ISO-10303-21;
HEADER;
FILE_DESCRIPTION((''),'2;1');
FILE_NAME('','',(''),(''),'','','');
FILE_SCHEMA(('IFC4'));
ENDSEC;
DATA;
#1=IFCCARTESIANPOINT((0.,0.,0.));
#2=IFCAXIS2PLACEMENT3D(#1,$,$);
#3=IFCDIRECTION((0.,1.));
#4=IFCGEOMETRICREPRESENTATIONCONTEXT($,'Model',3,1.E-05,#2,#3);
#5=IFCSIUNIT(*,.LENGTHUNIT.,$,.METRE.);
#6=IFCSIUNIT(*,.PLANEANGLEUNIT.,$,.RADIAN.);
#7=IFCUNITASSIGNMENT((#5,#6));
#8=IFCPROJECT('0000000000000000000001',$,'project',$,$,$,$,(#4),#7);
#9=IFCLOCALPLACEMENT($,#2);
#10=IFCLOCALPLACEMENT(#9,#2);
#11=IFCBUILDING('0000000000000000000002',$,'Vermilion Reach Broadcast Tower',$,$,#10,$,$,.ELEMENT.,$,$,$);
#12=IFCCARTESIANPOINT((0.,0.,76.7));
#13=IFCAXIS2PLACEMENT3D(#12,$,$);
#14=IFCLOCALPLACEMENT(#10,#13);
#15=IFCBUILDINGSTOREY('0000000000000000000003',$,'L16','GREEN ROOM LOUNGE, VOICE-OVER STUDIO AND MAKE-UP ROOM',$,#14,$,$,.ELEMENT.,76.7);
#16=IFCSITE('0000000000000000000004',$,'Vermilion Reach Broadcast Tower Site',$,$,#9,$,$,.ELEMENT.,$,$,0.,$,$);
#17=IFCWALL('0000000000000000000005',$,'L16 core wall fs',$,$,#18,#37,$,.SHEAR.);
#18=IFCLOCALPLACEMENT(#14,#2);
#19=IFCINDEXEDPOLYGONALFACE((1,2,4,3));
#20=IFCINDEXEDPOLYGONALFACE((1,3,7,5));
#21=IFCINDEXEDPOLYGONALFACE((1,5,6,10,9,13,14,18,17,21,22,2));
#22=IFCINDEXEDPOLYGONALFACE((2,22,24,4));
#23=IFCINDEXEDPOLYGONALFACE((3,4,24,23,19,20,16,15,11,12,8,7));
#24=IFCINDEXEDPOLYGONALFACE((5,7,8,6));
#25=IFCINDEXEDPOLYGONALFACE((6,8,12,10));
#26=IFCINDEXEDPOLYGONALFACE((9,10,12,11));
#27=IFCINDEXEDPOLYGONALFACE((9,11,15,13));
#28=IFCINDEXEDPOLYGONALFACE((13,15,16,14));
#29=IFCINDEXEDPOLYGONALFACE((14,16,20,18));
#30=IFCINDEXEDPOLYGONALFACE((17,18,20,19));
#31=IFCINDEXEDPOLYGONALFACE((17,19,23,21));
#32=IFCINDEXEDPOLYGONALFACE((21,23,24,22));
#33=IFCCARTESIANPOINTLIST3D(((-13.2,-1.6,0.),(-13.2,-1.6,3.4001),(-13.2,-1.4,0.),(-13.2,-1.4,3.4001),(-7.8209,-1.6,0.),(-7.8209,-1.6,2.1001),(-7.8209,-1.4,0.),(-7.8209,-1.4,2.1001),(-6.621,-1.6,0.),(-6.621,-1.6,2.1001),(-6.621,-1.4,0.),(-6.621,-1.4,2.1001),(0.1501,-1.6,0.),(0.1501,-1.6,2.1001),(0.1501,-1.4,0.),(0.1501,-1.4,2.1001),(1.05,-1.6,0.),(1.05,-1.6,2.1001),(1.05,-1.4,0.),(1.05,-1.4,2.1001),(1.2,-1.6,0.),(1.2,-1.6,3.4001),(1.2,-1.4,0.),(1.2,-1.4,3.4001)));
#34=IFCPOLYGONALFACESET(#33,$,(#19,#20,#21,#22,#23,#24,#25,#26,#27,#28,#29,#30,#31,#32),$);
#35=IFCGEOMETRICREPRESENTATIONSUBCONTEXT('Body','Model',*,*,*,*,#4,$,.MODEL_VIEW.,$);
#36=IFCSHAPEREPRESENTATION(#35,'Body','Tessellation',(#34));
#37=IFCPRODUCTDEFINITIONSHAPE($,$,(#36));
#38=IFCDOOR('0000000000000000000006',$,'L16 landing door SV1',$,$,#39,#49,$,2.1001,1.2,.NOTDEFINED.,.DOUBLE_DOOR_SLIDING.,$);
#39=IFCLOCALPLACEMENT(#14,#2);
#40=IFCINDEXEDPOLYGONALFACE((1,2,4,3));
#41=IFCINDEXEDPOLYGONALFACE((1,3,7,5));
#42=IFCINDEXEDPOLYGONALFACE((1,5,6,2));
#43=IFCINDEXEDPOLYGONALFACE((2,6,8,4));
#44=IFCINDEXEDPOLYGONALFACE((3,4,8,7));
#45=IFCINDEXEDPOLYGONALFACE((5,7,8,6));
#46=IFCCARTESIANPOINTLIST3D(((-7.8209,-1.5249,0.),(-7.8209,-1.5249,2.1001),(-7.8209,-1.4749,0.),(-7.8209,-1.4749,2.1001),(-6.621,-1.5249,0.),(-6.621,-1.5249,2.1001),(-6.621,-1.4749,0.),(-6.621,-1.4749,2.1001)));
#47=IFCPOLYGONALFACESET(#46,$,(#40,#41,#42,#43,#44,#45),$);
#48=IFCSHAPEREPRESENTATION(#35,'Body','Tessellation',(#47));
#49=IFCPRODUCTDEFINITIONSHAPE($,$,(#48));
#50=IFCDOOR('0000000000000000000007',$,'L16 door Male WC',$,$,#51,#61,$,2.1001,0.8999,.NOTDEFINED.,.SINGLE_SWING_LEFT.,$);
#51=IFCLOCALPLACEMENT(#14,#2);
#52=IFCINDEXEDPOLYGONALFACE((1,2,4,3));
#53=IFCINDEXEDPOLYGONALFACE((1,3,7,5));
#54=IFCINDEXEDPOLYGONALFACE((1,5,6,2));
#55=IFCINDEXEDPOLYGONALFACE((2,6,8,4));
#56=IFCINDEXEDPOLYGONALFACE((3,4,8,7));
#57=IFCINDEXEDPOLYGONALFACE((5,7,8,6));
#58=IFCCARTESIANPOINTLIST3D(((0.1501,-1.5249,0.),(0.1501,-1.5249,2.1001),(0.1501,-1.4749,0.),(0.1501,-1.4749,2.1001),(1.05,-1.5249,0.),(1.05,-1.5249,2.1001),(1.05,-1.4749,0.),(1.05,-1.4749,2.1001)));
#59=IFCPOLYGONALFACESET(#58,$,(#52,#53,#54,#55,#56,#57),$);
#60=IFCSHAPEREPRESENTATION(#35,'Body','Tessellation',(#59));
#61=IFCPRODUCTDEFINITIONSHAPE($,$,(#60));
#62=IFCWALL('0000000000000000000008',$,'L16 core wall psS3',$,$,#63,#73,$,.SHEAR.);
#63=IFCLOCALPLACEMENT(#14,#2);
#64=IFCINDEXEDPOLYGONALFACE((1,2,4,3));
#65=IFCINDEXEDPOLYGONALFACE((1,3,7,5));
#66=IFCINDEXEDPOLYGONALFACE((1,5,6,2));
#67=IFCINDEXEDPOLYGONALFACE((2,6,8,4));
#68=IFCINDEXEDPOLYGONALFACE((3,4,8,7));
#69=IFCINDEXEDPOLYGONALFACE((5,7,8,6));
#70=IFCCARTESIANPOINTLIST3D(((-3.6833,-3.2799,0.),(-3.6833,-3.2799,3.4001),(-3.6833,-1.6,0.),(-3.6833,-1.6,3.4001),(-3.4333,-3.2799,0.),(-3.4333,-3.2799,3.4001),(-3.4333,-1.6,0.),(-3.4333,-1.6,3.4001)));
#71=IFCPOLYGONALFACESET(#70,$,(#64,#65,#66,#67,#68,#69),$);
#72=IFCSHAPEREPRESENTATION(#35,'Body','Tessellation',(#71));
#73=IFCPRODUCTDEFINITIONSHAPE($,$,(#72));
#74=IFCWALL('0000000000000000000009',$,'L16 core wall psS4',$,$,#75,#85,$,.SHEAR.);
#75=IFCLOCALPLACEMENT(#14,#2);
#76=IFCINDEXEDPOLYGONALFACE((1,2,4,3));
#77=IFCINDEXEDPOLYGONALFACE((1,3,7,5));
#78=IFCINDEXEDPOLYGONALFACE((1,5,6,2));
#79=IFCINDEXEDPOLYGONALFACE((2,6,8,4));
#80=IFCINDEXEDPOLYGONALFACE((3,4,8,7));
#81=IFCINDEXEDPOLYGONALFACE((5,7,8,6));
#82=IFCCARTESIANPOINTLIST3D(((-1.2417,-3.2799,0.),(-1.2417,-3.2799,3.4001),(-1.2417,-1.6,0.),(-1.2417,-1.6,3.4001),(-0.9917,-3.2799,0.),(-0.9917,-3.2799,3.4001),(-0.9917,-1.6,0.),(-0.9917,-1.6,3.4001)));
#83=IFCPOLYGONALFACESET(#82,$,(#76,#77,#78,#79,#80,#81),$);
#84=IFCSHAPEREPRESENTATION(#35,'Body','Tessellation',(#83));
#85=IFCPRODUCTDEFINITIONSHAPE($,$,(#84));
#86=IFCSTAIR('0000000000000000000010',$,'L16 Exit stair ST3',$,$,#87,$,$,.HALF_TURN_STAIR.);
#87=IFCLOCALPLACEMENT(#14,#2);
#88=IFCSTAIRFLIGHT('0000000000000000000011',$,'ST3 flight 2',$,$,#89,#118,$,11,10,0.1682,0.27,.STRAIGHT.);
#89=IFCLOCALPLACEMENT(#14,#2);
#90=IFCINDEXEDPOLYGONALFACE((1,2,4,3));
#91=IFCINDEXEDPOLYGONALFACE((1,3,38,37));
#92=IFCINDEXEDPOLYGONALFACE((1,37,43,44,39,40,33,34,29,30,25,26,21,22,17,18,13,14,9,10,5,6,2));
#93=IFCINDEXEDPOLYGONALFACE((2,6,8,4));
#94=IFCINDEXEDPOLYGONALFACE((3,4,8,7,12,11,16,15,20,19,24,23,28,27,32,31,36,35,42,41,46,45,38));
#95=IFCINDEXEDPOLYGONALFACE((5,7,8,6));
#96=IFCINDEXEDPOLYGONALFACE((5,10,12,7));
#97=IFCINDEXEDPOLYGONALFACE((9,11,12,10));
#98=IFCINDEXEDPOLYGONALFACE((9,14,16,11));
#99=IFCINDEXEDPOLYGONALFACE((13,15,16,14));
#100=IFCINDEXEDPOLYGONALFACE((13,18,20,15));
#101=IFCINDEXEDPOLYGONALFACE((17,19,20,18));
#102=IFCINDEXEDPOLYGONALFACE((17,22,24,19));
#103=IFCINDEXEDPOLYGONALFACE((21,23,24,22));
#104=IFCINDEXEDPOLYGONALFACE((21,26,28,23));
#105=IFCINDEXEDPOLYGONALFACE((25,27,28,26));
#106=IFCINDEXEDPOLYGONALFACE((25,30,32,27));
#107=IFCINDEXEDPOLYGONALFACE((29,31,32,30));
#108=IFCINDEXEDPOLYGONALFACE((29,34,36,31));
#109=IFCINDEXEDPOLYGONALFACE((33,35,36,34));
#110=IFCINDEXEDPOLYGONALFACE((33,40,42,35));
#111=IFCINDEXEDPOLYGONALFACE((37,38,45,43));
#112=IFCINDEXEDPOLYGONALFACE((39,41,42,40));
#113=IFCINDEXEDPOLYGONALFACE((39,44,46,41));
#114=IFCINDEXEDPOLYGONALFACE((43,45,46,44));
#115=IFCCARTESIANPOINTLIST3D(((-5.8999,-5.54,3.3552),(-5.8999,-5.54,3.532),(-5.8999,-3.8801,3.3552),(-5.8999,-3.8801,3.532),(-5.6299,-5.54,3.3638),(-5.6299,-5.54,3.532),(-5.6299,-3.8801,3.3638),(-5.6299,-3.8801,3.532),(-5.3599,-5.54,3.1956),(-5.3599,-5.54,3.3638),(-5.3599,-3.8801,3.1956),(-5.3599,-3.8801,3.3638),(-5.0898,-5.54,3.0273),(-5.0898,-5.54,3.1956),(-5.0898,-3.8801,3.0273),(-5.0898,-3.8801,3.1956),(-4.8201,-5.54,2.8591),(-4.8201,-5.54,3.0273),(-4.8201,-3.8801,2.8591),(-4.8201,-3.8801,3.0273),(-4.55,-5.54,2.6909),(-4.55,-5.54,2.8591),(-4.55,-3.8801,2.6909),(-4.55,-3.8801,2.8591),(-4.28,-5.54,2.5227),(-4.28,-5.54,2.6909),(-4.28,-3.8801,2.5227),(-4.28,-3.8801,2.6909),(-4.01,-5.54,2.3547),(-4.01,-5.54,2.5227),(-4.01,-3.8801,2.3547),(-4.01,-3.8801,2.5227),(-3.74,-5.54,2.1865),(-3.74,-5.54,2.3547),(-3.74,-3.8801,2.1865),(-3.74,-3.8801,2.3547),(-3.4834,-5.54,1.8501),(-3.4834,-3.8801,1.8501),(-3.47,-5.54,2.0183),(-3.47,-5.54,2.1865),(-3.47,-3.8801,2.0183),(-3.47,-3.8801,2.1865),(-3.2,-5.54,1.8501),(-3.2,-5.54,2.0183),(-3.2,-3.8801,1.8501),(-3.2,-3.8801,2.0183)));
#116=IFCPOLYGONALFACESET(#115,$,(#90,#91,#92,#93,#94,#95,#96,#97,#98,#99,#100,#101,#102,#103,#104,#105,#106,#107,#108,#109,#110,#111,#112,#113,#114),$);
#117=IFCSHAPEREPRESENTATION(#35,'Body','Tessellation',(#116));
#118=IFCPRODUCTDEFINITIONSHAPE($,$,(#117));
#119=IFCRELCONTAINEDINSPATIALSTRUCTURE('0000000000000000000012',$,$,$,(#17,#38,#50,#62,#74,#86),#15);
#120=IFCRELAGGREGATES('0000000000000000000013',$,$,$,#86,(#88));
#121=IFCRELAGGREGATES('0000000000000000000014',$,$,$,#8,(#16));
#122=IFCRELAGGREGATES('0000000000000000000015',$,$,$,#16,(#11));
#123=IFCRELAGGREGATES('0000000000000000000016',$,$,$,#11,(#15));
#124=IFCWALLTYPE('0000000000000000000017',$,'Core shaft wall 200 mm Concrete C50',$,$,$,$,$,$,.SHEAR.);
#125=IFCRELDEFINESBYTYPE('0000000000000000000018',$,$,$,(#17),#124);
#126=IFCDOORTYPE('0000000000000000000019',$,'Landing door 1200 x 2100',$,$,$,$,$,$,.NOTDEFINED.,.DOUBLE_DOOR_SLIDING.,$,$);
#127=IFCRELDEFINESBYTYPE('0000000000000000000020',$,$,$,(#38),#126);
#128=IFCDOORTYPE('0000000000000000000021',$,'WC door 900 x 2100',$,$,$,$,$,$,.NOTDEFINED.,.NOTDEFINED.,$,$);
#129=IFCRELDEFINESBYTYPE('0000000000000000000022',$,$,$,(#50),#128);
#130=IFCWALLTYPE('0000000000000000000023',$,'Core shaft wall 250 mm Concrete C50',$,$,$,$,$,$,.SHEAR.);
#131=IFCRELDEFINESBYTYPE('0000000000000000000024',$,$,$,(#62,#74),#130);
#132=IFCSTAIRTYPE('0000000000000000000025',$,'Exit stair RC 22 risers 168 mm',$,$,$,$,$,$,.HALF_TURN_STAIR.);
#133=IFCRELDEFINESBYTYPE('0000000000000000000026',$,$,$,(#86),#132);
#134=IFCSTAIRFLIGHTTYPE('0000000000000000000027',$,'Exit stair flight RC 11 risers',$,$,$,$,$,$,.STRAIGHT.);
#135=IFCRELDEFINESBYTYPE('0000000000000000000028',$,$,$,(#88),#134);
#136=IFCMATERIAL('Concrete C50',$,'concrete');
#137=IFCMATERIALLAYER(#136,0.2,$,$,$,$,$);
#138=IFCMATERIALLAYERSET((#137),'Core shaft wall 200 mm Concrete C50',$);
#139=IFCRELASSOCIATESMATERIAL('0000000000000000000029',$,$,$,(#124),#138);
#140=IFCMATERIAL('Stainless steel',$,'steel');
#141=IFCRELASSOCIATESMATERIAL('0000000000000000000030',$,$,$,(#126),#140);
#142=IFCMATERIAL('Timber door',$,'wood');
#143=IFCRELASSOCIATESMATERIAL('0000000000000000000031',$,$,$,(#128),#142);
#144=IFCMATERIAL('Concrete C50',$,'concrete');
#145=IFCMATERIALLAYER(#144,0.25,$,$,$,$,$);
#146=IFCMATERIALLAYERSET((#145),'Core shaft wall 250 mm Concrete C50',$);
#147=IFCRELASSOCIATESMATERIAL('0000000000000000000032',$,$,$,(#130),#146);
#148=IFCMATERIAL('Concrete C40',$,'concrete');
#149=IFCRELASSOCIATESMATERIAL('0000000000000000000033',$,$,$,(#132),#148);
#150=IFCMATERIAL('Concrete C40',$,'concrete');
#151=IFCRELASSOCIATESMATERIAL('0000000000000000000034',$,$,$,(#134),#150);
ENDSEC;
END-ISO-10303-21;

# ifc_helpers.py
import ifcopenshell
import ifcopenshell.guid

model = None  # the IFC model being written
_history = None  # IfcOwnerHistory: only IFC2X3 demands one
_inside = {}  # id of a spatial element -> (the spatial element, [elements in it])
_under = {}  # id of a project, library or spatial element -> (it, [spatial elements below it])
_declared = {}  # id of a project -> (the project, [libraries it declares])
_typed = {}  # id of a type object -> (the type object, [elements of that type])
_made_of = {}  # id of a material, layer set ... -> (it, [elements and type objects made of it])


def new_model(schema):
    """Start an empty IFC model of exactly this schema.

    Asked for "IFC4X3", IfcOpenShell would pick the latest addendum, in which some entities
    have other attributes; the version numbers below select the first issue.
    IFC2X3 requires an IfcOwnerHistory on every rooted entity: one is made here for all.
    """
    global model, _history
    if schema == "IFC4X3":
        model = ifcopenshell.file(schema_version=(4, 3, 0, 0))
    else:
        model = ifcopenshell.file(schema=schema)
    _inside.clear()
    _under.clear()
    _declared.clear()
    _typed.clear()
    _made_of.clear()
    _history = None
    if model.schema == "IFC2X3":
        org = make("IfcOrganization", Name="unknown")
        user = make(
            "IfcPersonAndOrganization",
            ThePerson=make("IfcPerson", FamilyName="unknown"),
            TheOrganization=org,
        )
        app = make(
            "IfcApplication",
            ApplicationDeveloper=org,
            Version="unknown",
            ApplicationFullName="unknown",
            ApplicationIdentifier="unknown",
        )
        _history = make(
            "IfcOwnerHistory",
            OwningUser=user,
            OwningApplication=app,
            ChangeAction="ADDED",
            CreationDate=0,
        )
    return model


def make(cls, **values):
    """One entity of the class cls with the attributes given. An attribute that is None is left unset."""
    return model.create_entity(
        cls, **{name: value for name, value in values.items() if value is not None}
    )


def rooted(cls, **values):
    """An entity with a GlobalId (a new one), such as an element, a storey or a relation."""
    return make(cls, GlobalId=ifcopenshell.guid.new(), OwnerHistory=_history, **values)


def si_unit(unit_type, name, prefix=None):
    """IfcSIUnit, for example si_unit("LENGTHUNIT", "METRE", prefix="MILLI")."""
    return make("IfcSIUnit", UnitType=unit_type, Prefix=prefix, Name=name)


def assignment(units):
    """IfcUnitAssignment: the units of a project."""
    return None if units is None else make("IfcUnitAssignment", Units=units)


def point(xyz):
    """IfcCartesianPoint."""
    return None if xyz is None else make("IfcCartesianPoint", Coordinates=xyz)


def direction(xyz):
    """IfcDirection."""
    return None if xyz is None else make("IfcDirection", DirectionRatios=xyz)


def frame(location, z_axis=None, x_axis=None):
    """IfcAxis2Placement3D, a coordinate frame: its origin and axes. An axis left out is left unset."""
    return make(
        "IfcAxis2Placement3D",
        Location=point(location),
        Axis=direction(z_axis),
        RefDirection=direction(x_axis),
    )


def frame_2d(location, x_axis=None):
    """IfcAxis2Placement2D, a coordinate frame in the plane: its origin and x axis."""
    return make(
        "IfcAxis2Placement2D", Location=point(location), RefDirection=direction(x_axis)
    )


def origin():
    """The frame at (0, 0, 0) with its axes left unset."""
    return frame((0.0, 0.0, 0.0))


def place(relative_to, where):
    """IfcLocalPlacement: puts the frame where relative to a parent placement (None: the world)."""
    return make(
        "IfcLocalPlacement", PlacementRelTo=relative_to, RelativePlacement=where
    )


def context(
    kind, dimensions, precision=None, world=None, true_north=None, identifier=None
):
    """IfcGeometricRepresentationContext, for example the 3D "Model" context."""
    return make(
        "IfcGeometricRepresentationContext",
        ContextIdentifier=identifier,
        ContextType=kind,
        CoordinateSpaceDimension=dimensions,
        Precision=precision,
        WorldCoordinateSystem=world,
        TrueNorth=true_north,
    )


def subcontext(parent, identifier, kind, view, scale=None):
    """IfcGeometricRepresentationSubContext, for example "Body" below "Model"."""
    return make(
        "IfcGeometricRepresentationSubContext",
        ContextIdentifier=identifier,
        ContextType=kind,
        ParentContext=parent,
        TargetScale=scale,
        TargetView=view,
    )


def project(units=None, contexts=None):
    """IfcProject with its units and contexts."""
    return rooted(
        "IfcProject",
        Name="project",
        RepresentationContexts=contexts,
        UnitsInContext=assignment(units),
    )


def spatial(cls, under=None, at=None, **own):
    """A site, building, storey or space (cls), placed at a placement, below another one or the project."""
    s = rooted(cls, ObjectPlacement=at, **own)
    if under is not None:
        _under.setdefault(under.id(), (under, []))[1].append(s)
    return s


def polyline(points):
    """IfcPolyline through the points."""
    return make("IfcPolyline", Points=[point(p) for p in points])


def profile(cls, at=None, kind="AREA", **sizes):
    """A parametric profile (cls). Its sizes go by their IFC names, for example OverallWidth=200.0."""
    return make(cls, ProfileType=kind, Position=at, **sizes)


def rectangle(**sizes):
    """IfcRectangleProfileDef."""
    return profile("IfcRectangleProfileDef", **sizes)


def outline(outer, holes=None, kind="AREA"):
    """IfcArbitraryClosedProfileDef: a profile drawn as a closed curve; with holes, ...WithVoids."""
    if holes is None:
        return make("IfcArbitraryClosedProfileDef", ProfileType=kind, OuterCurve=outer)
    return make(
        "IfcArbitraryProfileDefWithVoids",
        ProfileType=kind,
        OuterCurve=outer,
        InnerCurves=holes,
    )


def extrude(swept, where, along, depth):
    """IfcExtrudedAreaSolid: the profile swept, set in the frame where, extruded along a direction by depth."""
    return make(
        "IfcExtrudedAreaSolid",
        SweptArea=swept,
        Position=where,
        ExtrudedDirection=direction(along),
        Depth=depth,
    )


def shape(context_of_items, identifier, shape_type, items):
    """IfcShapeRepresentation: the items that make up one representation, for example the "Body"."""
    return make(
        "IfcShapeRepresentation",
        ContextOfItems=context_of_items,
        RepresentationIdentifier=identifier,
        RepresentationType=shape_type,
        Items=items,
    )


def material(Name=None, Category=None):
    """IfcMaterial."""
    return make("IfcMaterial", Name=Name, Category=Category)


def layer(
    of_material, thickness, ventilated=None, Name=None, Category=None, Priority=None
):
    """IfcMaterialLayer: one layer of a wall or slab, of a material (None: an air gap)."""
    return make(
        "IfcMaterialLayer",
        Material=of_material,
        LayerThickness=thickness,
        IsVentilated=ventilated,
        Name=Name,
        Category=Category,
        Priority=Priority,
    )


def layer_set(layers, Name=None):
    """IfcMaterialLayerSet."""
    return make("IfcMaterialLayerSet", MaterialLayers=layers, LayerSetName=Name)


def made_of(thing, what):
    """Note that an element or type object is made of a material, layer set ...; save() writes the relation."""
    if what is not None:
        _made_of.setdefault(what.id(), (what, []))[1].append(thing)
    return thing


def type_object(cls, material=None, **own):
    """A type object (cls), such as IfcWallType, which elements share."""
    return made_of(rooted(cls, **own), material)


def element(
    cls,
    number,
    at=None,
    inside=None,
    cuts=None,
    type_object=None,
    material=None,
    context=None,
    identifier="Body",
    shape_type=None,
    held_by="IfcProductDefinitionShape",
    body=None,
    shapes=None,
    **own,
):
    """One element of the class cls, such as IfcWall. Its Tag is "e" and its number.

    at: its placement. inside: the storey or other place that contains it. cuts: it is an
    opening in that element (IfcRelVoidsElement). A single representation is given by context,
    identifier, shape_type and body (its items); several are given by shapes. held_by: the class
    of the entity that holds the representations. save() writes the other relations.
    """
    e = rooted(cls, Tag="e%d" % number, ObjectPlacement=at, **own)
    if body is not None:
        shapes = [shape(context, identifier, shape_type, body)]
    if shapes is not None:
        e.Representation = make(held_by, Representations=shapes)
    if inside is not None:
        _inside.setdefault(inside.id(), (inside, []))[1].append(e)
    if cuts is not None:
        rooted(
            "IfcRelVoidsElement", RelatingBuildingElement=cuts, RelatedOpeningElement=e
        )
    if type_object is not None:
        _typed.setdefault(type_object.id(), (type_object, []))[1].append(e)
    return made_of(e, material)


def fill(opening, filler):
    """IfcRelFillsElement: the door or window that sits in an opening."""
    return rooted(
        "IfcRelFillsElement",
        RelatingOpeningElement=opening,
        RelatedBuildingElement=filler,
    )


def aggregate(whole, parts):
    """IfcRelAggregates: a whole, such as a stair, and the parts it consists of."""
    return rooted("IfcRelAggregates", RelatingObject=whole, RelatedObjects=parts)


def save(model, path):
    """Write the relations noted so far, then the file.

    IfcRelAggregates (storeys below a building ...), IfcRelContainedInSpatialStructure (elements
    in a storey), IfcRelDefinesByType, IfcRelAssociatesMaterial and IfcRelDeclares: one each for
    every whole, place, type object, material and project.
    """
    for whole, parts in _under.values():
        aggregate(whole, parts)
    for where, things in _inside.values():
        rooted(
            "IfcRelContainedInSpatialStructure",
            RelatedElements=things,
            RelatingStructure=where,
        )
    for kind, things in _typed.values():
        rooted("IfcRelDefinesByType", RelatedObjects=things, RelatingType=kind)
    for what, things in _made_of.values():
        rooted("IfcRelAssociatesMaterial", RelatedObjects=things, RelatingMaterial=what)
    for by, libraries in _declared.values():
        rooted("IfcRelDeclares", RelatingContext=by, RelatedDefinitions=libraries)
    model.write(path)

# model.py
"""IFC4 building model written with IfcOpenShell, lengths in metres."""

from ifc_helpers import new_model, si_unit, direction, frame, frame_2d, origin, place, context, subcontext, project, spatial, polyline, rectangle, outline, extrude, material, layer, layer_set, type_object, element, fill, aggregate, save


model = new_model("IFC4")

# Units and contexts
model_context = context("Model", 3, precision=1e-05, world=origin(), true_north=direction((0.0, 1.0)))
body_context = subcontext(model_context, "Body", "Model", "MODEL_VIEW")
ifc_project = project(units=[si_unit("LENGTHUNIT", "METRE"), si_unit("PLANEANGLEUNIT", "RADIAN")], contexts=[model_context])

# Site, building, storey
site_placement = place(None, origin())
site = spatial("IfcSite", under=ifc_project, at=site_placement, Name="Vermilion Reach Broadcast Tower Site", CompositionType="ELEMENT", RefElevation=0.0)
building_placement = place(site_placement, origin())
building = spatial("IfcBuilding", under=site, at=building_placement, Name="Vermilion Reach Broadcast Tower", CompositionType="ELEMENT")
storey_placement = place(building_placement, frame((0.0, 0.0, 76.7)))
storey = spatial("IfcBuildingStorey", under=building, at=storey_placement, Name="L16", Description="GREEN ROOM LOUNGE, VOICE-OVER STUDIO AND MAKE-UP ROOM", CompositionType="ELEMENT", Elevation=76.7)

# Wall, openings, doors
ifc_material_1 = material(Name="Concrete C50", Category="concrete")
ifc_layer_1 = layer(ifc_material_1, 0.2)
ifc_layer_set_1 = layer_set([ifc_layer_1], Name="Core shaft wall 200 mm Concrete C50")
wall_type_1 = type_object("IfcWallType", Name="Core shaft wall 200 mm Concrete C50", PredefinedType="SHEAR", material=ifc_layer_set_1)
wall_1_placement = place(storey_placement, frame((1.2, -1.5, 0.0), z_axis=(0.0, 0.0, 1.0), x_axis=(-1.0, 0.0, 0.0)))
wall_1 = element("IfcWall", 1, at=wall_1_placement, inside=storey, type_object=wall_type_1, Name="L16 core wall fs", PredefinedType="SHEAR", context=body_context, shape_type="SweptSolid", body=[
    extrude(rectangle(XDim=14.3999, YDim=0.2, at=frame_2d((7.2, 0.0))), origin(), (0.0, 0.0, 1.0), 3.4001),
])
opening_1_placement = place(wall_1_placement, frame((7.8208, 0.0, 0.0)))
opening_1 = element("IfcOpeningElement", 2, at=opening_1_placement, cuts=wall_1, PredefinedType="OPENING", context=body_context, shape_type="SweptSolid", body=[
    extrude(rectangle(XDim=1.2, YDim=2.1001, at=frame_2d((0.6001, 1.05))), frame((0.0, 0.1099, 0.0), z_axis=(0.0, -1.0, 0.0), x_axis=(1.0, 0.0, 0.0)), (0.0, 0.0, 1.0), 0.22),
])
opening_2_placement = place(wall_1_placement, frame((0.1499, 0.0, 0.0)))
opening_2 = element("IfcOpeningElement", 3, at=opening_2_placement, cuts=wall_1, PredefinedType="OPENING", context=body_context, shape_type="SweptSolid", body=[
    extrude(rectangle(XDim=0.8999, YDim=2.1001, at=frame_2d((0.45, 1.05))), frame((0.0, 0.1099, 0.0), z_axis=(0.0, -1.0, 0.0), x_axis=(1.0, 0.0, 0.0)), (0.0, 0.0, 1.0), 0.22),
])
ifc_material_2 = material(Name="Stainless steel", Category="steel")
door_type_1 = type_object("IfcDoorType", Name="Landing door 1200 x 2100", OperationType="DOUBLE_DOOR_SLIDING", PredefinedType="NOTDEFINED", material=ifc_material_2)
door_1_placement = place(opening_1_placement, origin())
door_1 = element("IfcDoor", 4, at=door_1_placement, inside=storey, type_object=door_type_1, Name="L16 landing door SV1", OperationType="DOUBLE_DOOR_SLIDING", OverallHeight=2.1001, OverallWidth=1.2, PredefinedType="NOTDEFINED", context=body_context, shape_type="SweptSolid", body=[
    extrude(rectangle(XDim=1.2, YDim=2.1001, at=frame_2d((0.6001, 1.05))), frame((0.0, 0.0249, 0.0), z_axis=(0.0, -1.0, 0.0), x_axis=(1.0, 0.0, 0.0)), (0.0, 0.0, 1.0), 0.05),
])
fill(opening_1, door_1)
ifc_material_3 = material(Name="Timber door", Category="wood")
door_type_2 = type_object("IfcDoorType", Name="WC door 900 x 2100", OperationType="NOTDEFINED", PredefinedType="NOTDEFINED", material=ifc_material_3)
door_2_placement = place(opening_2_placement, origin())
door_2 = element("IfcDoor", 5, at=door_2_placement, inside=storey, type_object=door_type_2, Name="L16 door Male WC", OperationType="SINGLE_SWING_LEFT", OverallHeight=2.1001, OverallWidth=0.8999, PredefinedType="NOTDEFINED", context=body_context, shape_type="SweptSolid", body=[
    extrude(rectangle(XDim=0.8999, YDim=2.1001, at=frame_2d((0.45, 1.05))), frame((0.0, 0.0249, 0.0), z_axis=(0.0, -1.0, 0.0), x_axis=(1.0, 0.0, 0.0)), (0.0, 0.0, 1.0), 0.05),
])
fill(opening_2, door_2)

# Walls
ifc_material_4 = material(Name="Concrete C50", Category="concrete")
ifc_layer_2 = layer(ifc_material_4, 0.25)
ifc_layer_set_2 = layer_set([ifc_layer_2], Name="Core shaft wall 250 mm Concrete C50")
wall_type_2 = type_object("IfcWallType", Name="Core shaft wall 250 mm Concrete C50", PredefinedType="SHEAR", material=ifc_layer_set_2)
for number, where, z_axis, x_axis, name in (
    (6, (-3.5583, -1.6001, 0.0), (0.0, 0.0, 1.0), (0.0, -1.0, 0.0), "L16 core wall psS3"),
    (7, (-1.1167, -1.6001, 0.0), (0.0, 0.0, 1.0), (0.0, -1.0, 0.0), "L16 core wall psS4"),
):
    element("IfcWall", number, at=place(storey_placement, frame(where, z_axis=z_axis, x_axis=x_axis)), inside=storey, type_object=wall_type_2, Name=name, PredefinedType="SHEAR", context=body_context, shape_type="SweptSolid", body=[
        extrude(rectangle(XDim=1.6799, YDim=0.25, at=frame_2d((0.8398, 0.0))), origin(), (0.0, 0.0, 1.0), 3.4001),
    ])

# Stair, stair flight
ifc_material_5 = material(Name="Concrete C40", Category="concrete")
stair_type = type_object("IfcStairType", Name="Exit stair RC 22 risers 168 mm", PredefinedType="HALF_TURN_STAIR", material=ifc_material_5)
stair_placement = place(storey_placement, origin())
stair = element("IfcStair", 8, at=stair_placement, inside=storey, type_object=stair_type, Name="L16 Exit stair ST3", PredefinedType="HALF_TURN_STAIR")
ifc_material_6 = material(Name="Concrete C40", Category="concrete")
stair_flight_type = type_object("IfcStairFlightType", Name="Exit stair flight RC 11 risers", PredefinedType="STRAIGHT", material=ifc_material_6)
stair_flight_placement = place(storey_placement, frame((-3.2, -4.71, 1.8501), z_axis=(0.0, 0.0, 1.0), x_axis=(-1.0, 0.0, 0.0)))
stair_flight = element("IfcStairFlight", 9, at=stair_flight_placement, type_object=stair_flight_type, Name="ST3 flight 2", NumberOfRisers=11, NumberOfTreads=10, PredefinedType="STRAIGHT", RiserHeight=0.1682, TreadLength=0.27, context=body_context, shape_type="SweptSolid", body=[
    extrude(outline(polyline([(0.0, 0.0), (0.0, 0.1682), (0.27, 0.1682), (0.27, 0.3364), (0.54, 0.3364), (0.54, 0.5046), (0.8101, 0.5046), (0.8101, 0.6726), (1.0801, 0.6726), (1.0801, 0.8408), (1.3501, 0.8408), (1.3501, 1.009), (1.6201, 1.009), (1.6201, 1.1772), (1.8899, 1.1772), (1.8899, 1.3455), (2.1599, 1.3455), (2.1599, 1.5137), (2.4299, 1.5137), (2.4299, 1.6819), (2.7, 1.6819), (2.7, 1.8501), (2.7, 1.5051), (0.2834, 0.0), (0.0, 0.0)])), frame((0.0, 0.8301, 0.0), z_axis=(0.0, -1.0, 0.0), x_axis=(1.0, 0.0, 0.0)), (0.0, 0.0, 1.0), 1.6599),
])
aggregate(stair, [stair_flight])

save(model, "model.ifc")
